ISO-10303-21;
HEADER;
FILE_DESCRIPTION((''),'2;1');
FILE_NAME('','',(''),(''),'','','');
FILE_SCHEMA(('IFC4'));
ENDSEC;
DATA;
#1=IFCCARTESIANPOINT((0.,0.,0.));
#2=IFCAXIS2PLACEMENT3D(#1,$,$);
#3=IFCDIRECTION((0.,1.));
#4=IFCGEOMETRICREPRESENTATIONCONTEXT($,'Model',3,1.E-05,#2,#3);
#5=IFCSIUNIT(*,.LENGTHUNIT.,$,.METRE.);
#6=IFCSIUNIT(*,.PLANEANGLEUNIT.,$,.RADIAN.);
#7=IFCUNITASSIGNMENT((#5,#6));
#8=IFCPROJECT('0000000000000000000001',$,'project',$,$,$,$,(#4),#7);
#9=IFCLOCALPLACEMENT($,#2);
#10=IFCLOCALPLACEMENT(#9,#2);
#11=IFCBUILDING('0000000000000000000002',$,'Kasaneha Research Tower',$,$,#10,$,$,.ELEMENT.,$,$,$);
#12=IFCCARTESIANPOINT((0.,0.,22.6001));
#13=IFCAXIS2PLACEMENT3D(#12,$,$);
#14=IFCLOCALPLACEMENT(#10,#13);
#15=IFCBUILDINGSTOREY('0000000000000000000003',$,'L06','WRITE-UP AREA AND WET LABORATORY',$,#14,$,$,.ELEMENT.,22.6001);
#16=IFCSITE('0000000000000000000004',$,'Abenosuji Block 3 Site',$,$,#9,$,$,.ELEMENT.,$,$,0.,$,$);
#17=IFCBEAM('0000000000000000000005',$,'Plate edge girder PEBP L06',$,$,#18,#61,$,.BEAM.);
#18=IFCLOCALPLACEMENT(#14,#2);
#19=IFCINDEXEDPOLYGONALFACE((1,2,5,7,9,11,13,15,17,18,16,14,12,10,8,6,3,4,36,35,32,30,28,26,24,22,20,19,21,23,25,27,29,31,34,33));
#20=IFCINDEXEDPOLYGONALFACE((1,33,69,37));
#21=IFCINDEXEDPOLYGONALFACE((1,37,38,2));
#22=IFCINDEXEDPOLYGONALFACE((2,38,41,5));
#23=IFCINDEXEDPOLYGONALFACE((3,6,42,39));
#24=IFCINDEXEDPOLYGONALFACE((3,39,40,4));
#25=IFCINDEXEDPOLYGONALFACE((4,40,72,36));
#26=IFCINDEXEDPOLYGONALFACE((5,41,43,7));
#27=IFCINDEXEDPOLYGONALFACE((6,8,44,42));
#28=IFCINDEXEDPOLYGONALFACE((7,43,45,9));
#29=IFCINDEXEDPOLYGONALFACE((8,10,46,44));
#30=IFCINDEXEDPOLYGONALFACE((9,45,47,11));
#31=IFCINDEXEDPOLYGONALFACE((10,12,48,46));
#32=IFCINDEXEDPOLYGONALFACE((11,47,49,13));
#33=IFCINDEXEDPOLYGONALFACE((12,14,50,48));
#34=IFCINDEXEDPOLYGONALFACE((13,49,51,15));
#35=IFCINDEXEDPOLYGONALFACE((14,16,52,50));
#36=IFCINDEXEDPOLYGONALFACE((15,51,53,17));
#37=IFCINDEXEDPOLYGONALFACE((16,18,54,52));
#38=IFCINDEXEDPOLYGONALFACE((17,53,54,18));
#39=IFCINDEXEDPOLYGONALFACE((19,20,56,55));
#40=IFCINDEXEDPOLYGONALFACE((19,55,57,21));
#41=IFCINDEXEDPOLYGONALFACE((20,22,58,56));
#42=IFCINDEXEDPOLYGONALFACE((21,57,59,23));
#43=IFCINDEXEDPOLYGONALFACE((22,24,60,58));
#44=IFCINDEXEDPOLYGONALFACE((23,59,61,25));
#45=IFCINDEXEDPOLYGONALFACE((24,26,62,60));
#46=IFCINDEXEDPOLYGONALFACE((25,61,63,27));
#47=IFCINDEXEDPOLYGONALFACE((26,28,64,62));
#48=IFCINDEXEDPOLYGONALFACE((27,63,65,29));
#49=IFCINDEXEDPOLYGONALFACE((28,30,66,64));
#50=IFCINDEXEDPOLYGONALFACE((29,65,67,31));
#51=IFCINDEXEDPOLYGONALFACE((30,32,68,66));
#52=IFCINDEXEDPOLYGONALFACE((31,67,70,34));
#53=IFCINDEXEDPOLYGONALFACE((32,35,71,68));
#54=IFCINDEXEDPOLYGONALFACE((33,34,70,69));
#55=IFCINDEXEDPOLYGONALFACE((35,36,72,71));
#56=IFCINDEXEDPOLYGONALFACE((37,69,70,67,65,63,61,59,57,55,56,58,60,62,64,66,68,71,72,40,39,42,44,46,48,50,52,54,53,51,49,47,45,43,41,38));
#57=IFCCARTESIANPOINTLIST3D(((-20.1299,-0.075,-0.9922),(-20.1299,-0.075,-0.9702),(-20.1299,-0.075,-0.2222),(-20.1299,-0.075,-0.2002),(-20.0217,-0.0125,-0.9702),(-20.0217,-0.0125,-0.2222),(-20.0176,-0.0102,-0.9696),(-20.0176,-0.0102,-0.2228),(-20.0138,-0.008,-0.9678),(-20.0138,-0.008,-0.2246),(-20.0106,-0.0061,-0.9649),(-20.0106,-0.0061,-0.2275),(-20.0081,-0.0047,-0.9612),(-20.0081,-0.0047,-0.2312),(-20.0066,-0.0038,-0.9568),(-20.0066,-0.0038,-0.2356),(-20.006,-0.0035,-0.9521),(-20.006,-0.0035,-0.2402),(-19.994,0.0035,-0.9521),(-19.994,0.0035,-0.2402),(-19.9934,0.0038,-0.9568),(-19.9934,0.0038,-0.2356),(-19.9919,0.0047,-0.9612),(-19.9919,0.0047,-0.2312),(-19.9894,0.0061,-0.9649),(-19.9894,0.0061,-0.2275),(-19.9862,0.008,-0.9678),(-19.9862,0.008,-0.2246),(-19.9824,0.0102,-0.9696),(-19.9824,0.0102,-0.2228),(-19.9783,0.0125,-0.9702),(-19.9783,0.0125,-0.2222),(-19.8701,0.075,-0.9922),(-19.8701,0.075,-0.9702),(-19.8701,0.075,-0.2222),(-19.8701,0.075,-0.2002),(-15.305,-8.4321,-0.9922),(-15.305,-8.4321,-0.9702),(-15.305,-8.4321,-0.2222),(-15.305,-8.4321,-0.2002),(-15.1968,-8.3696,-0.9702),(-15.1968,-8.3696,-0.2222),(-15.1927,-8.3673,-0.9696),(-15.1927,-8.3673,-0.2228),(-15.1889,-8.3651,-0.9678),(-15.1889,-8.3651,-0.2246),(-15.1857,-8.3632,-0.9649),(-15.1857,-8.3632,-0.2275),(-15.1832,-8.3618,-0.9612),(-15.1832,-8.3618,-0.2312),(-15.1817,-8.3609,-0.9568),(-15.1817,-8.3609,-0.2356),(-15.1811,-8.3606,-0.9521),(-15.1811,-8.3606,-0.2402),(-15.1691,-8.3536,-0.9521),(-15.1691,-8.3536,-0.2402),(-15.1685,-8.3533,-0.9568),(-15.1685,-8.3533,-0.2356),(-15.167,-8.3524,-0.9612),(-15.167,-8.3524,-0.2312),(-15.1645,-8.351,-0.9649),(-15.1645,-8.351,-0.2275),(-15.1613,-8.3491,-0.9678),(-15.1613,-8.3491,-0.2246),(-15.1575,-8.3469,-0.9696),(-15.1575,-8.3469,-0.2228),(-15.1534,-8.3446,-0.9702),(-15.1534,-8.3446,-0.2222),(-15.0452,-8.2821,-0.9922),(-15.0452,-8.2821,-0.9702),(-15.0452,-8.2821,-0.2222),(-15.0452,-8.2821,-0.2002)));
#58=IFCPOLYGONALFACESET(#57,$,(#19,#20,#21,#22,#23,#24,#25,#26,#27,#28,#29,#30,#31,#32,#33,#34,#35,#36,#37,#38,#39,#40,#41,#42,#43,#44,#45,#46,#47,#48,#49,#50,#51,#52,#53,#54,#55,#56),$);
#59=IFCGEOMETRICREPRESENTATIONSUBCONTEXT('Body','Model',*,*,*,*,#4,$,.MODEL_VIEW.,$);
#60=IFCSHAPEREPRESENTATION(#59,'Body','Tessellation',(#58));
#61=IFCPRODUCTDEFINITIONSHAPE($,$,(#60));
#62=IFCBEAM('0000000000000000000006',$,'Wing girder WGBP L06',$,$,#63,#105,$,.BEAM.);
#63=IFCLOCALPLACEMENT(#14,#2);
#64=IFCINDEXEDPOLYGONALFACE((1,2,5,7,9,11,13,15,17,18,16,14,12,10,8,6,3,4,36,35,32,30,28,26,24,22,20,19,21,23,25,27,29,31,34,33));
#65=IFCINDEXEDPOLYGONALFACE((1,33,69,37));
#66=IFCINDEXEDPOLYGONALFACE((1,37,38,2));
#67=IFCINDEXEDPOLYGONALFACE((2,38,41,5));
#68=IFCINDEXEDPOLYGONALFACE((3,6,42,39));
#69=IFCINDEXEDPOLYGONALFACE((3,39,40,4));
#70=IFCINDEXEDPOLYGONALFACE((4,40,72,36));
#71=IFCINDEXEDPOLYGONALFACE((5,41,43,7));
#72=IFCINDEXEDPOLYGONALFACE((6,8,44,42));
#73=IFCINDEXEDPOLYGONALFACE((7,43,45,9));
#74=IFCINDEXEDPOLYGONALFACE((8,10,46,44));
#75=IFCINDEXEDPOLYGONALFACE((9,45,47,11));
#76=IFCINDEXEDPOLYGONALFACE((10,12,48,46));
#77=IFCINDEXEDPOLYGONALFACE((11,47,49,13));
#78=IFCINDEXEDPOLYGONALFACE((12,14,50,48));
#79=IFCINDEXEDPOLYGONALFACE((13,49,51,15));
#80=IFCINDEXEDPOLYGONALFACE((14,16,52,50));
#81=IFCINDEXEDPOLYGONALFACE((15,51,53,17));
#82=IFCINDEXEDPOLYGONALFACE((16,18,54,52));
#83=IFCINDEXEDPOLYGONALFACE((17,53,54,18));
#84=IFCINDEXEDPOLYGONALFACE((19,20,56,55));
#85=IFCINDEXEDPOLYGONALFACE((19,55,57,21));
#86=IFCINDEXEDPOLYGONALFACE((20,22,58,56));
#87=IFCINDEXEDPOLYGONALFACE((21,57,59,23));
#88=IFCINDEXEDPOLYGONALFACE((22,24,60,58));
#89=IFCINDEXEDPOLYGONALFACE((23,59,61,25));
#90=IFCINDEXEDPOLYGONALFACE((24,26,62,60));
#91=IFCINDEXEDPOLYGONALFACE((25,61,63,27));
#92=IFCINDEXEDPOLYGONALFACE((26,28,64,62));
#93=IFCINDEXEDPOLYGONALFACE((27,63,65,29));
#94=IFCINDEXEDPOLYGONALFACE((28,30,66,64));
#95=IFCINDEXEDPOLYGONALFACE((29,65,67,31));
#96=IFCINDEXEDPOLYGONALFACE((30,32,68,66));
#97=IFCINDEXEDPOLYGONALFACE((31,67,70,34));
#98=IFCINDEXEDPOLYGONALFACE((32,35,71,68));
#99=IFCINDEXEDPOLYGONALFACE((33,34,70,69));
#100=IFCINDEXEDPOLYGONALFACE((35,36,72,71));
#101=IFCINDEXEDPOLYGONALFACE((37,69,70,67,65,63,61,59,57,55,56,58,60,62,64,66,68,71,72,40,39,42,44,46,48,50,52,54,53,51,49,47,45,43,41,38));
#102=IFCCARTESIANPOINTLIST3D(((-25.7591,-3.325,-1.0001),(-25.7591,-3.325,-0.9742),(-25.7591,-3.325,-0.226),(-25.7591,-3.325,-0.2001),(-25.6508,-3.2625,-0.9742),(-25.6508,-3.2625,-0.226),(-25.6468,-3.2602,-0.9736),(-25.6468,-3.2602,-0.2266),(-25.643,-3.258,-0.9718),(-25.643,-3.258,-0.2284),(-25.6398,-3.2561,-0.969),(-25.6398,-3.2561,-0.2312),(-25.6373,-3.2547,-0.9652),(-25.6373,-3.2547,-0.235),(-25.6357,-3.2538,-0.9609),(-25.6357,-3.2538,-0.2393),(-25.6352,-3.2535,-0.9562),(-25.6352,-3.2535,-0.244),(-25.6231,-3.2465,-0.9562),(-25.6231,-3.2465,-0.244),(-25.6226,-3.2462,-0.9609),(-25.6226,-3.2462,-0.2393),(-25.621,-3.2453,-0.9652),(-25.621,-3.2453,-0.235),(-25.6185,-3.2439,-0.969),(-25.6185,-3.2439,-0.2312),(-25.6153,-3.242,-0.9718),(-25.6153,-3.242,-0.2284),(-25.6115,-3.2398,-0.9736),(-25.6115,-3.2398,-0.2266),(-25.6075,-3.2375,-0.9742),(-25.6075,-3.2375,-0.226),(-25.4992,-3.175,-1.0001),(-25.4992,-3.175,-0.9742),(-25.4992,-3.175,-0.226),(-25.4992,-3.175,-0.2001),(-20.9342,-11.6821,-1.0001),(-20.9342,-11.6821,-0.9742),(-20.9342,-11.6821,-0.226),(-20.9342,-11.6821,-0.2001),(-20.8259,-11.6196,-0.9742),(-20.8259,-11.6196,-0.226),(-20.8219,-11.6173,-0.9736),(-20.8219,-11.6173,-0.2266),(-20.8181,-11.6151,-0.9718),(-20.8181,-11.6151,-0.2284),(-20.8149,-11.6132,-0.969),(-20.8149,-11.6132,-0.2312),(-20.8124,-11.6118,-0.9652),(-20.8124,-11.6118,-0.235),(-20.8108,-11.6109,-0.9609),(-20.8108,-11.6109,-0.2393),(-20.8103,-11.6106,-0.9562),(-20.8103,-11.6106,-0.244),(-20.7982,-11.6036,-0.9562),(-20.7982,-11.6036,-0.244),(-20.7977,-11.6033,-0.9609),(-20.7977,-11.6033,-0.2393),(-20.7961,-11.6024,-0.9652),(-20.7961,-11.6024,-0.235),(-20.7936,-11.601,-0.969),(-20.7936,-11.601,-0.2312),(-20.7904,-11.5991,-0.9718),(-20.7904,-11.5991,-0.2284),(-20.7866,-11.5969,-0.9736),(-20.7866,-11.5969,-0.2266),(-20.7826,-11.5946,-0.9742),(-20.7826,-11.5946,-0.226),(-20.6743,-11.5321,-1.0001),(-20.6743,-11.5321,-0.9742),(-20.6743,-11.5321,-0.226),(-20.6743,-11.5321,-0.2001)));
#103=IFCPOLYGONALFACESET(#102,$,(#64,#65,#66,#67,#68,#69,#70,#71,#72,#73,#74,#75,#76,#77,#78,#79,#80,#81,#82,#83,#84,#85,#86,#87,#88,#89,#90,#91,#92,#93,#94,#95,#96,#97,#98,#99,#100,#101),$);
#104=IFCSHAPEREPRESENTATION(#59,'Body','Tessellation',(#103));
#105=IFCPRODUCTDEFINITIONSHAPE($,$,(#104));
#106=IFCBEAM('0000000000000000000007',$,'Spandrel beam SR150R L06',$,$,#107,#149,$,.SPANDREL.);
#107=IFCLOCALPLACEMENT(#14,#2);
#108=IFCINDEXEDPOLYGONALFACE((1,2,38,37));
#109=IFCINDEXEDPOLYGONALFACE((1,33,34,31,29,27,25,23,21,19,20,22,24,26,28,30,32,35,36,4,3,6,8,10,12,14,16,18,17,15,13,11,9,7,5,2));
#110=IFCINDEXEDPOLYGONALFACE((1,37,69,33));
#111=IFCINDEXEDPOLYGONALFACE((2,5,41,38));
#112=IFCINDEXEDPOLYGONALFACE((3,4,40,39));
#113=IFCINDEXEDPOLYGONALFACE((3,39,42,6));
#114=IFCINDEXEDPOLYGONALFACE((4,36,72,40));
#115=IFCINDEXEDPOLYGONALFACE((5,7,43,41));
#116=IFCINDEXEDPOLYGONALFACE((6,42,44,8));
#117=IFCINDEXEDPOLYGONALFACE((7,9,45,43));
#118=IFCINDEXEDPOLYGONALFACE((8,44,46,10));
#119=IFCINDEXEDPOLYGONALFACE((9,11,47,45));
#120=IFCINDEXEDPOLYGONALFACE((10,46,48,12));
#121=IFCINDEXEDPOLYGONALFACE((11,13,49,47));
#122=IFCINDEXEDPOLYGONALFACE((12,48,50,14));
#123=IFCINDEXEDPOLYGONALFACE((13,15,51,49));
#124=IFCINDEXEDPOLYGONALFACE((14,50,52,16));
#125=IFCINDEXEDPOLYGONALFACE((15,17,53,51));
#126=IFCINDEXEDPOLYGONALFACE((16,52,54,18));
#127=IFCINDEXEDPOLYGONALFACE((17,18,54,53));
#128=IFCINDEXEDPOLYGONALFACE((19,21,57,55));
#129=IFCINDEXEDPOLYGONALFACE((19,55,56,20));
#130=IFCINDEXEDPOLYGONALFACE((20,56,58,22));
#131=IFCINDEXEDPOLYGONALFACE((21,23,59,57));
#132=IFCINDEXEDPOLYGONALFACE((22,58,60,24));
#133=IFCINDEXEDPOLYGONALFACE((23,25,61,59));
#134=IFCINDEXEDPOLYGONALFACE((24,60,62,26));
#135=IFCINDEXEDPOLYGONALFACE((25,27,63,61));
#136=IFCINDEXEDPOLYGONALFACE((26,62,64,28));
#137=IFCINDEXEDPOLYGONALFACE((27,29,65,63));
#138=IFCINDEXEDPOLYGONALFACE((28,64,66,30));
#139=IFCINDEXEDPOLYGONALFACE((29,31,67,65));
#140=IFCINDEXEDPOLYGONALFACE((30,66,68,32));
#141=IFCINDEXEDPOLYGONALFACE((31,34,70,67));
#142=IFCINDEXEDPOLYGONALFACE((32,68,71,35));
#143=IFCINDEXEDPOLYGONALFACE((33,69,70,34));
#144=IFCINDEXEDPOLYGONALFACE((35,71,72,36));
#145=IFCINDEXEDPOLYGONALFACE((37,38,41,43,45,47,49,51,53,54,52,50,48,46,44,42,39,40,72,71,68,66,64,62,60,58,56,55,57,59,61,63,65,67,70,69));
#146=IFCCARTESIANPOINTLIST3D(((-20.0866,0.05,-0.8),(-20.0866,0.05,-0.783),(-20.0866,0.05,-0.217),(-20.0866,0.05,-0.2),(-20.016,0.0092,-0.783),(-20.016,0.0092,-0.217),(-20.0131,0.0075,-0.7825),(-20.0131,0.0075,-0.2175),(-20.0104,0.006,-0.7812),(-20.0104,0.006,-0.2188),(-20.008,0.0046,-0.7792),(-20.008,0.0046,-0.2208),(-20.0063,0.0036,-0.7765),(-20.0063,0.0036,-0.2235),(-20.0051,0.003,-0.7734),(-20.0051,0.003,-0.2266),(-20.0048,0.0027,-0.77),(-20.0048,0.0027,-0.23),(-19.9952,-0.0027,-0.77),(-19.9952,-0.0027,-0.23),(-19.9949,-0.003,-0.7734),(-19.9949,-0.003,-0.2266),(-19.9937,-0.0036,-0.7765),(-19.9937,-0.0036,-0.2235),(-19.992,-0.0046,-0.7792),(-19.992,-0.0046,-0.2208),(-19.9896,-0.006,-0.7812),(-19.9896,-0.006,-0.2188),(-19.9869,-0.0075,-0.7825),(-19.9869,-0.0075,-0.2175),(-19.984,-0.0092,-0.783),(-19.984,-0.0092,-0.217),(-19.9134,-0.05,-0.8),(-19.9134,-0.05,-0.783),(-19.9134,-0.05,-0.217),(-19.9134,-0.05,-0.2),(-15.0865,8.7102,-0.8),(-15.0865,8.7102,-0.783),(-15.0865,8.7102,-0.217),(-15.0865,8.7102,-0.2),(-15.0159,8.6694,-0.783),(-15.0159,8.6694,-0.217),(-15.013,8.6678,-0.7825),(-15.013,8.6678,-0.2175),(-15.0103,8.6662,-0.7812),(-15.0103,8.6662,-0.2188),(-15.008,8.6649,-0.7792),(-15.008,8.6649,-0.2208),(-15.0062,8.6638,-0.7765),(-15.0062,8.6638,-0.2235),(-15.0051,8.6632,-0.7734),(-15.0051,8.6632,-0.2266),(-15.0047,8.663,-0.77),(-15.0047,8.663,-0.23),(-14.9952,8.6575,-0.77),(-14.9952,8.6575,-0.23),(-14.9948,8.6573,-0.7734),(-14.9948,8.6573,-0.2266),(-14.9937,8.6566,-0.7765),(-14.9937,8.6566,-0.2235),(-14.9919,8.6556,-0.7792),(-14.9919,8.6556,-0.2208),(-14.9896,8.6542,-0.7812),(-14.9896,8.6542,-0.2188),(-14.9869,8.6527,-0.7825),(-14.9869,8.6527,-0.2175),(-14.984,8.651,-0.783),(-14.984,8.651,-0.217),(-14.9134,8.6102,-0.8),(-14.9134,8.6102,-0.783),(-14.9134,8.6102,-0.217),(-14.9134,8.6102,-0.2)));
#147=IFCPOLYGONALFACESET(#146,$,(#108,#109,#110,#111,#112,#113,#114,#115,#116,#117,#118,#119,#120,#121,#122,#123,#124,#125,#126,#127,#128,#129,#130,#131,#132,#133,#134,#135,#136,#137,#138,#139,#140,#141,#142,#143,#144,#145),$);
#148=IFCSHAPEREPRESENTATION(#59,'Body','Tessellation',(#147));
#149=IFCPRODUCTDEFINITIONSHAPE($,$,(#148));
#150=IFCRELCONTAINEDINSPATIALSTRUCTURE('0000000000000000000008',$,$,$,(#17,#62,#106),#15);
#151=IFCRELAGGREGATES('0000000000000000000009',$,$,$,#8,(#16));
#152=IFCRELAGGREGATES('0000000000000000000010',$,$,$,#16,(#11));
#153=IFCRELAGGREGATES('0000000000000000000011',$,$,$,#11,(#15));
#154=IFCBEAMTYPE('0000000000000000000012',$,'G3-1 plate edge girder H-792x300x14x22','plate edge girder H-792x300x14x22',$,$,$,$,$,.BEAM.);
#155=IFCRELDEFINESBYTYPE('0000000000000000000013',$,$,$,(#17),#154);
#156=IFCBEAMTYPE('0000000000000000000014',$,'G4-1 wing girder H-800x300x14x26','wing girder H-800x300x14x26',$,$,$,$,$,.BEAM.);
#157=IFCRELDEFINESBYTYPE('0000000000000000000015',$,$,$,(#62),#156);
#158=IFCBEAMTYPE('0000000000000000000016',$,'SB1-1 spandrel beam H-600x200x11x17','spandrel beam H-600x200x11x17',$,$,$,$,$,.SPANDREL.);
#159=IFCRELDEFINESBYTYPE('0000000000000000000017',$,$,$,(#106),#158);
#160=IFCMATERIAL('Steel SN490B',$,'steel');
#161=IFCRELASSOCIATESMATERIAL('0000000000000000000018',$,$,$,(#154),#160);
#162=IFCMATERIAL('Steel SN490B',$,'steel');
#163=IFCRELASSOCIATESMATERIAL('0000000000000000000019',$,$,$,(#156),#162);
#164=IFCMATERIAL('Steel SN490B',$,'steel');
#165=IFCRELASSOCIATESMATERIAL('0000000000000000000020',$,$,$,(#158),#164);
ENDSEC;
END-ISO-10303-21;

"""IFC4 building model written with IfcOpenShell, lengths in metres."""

from ifc_helpers import new_model, si_unit, direction, frame, origin, origin_2d, place, context, subcontext, project, spatial, i_section, extrude, material, material_profile, profile_set, type_object, element, save


model = new_model("IFC4")

# Units and contexts
model_context = context("Model", 3, precision=1e-05, world=origin(), true_north=direction((0.0, 1.0)))
body_context = subcontext(model_context, "Body", "Model", "MODEL_VIEW")
ifc_project = project(units=[si_unit("LENGTHUNIT", "METRE"), si_unit("PLANEANGLEUNIT", "RADIAN")], contexts=[model_context])

# Site, building, storey
site_placement = place(None, origin())
site = spatial("IfcSite", under=ifc_project, at=site_placement, Name="Abenosuji Block 3 Site", CompositionType="ELEMENT", RefElevation=0.0)
building_placement = place(site_placement, origin())
building = spatial("IfcBuilding", under=site, at=building_placement, Name="Kasaneha Research Tower", CompositionType="ELEMENT")
storey_placement = place(building_placement, frame((0.0, 0.0, 22.6001)))
storey = spatial("IfcBuildingStorey", under=building, at=storey_placement, Name="L06", Description="WRITE-UP AREA AND WET LABORATORY", CompositionType="ELEMENT", Elevation=22.6001)

# Beams
ifc_material_1 = material(Name="Steel SN490B", Category="steel")
ifc_material_profile_1 = material_profile(ifc_material_1, i_section(OverallWidth=0.3, OverallDepth=0.792, WebThickness=0.0139, FlangeThickness=0.022, FilletRadius=0.0181, at=origin_2d()), Name="H-792x300x14x22")
ifc_profile_set_1 = profile_set([ifc_material_profile_1], Name="Steel SN490B")
beam_type_1 = type_object("IfcBeamType", Name="G3-1 plate edge girder H-792x300x14x22", Description="plate edge girder H-792x300x14x22", PredefinedType="BEAM", material=ifc_profile_set_1)
beam_1_placement = place(storey_placement, frame((-20.0, 0.0, -0.5962), z_axis=(0.499995, -0.866028, 0.0), x_axis=(0.866028, 0.499995, 0.0)))
element("IfcBeam", 1, at=beam_1_placement, inside=storey, type_object=beam_type_1, Name="Plate edge girder PEBP L06", PredefinedType="BEAM", context=body_context, shape_type="SweptSolid", body=[
    extrude(i_section(OverallWidth=0.3, OverallDepth=0.792, WebThickness=0.0139, FlangeThickness=0.022, FilletRadius=0.0181, at=origin_2d()), origin(), (0.0, 0.0, 1.0), 9.6499),
])
ifc_material_2 = material(Name="Steel SN490B", Category="steel")
ifc_material_profile_2 = material_profile(ifc_material_2, i_section(OverallWidth=0.3, OverallDepth=0.8, WebThickness=0.0139, FlangeThickness=0.0259, FilletRadius=0.0181, at=origin_2d()), Name="H-800x300x14x26")
ifc_profile_set_2 = profile_set([ifc_material_profile_2], Name="Steel SN490B")
beam_type_2 = type_object("IfcBeamType", Name="G4-1 wing girder H-800x300x14x26", Description="wing girder H-800x300x14x26", PredefinedType="BEAM", material=ifc_profile_set_2)
beam_2_placement = place(storey_placement, frame((-25.6292, -3.25, -0.6001), z_axis=(0.499995, -0.866028, 0.0), x_axis=(0.866028, 0.499995, 0.0)))
element("IfcBeam", 2, at=beam_2_placement, inside=storey, type_object=beam_type_2, Name="Wing girder WGBP L06", PredefinedType="BEAM", context=body_context, shape_type="SweptSolid", body=[
    extrude(i_section(OverallWidth=0.3, OverallDepth=0.8, WebThickness=0.0139, FlangeThickness=0.0259, FilletRadius=0.0181, at=origin_2d()), origin(), (0.0, 0.0, 1.0), 9.6499),
])
ifc_material_3 = material(Name="Steel SN490B", Category="steel")
ifc_material_profile_3 = material_profile(ifc_material_3, i_section(OverallWidth=0.2, OverallDepth=0.6001, WebThickness=0.011, FlangeThickness=0.0171, FilletRadius=0.0129, at=origin_2d()), Name="H-600x200x11x17")
ifc_profile_set_3 = profile_set([ifc_material_profile_3], Name="Steel SN490B")
beam_type_3 = type_object("IfcBeamType", Name="SB1-1 spandrel beam H-600x200x11x17", Description="spandrel beam H-600x200x11x17", PredefinedType="SPANDREL", material=ifc_profile_set_3)
beam_3_placement = place(storey_placement, frame((-20.0, 0.0, -0.5), z_axis=(0.500004, 0.866023, 0.0), x_axis=(-0.866023, 0.500004, 0.0)))
element("IfcBeam", 3, at=beam_3_placement, inside=storey, type_object=beam_type_3, Name="Spandrel beam SR150R L06", PredefinedType="SPANDREL", context=body_context, shape_type="SweptSolid", body=[
    extrude(i_section(OverallWidth=0.2, OverallDepth=0.6001, WebThickness=0.011, FlangeThickness=0.0171, FilletRadius=0.0129, at=origin_2d()), origin(), (0.0, 0.0, 1.0), 10.0),
])

save(model, "model.ifc")
